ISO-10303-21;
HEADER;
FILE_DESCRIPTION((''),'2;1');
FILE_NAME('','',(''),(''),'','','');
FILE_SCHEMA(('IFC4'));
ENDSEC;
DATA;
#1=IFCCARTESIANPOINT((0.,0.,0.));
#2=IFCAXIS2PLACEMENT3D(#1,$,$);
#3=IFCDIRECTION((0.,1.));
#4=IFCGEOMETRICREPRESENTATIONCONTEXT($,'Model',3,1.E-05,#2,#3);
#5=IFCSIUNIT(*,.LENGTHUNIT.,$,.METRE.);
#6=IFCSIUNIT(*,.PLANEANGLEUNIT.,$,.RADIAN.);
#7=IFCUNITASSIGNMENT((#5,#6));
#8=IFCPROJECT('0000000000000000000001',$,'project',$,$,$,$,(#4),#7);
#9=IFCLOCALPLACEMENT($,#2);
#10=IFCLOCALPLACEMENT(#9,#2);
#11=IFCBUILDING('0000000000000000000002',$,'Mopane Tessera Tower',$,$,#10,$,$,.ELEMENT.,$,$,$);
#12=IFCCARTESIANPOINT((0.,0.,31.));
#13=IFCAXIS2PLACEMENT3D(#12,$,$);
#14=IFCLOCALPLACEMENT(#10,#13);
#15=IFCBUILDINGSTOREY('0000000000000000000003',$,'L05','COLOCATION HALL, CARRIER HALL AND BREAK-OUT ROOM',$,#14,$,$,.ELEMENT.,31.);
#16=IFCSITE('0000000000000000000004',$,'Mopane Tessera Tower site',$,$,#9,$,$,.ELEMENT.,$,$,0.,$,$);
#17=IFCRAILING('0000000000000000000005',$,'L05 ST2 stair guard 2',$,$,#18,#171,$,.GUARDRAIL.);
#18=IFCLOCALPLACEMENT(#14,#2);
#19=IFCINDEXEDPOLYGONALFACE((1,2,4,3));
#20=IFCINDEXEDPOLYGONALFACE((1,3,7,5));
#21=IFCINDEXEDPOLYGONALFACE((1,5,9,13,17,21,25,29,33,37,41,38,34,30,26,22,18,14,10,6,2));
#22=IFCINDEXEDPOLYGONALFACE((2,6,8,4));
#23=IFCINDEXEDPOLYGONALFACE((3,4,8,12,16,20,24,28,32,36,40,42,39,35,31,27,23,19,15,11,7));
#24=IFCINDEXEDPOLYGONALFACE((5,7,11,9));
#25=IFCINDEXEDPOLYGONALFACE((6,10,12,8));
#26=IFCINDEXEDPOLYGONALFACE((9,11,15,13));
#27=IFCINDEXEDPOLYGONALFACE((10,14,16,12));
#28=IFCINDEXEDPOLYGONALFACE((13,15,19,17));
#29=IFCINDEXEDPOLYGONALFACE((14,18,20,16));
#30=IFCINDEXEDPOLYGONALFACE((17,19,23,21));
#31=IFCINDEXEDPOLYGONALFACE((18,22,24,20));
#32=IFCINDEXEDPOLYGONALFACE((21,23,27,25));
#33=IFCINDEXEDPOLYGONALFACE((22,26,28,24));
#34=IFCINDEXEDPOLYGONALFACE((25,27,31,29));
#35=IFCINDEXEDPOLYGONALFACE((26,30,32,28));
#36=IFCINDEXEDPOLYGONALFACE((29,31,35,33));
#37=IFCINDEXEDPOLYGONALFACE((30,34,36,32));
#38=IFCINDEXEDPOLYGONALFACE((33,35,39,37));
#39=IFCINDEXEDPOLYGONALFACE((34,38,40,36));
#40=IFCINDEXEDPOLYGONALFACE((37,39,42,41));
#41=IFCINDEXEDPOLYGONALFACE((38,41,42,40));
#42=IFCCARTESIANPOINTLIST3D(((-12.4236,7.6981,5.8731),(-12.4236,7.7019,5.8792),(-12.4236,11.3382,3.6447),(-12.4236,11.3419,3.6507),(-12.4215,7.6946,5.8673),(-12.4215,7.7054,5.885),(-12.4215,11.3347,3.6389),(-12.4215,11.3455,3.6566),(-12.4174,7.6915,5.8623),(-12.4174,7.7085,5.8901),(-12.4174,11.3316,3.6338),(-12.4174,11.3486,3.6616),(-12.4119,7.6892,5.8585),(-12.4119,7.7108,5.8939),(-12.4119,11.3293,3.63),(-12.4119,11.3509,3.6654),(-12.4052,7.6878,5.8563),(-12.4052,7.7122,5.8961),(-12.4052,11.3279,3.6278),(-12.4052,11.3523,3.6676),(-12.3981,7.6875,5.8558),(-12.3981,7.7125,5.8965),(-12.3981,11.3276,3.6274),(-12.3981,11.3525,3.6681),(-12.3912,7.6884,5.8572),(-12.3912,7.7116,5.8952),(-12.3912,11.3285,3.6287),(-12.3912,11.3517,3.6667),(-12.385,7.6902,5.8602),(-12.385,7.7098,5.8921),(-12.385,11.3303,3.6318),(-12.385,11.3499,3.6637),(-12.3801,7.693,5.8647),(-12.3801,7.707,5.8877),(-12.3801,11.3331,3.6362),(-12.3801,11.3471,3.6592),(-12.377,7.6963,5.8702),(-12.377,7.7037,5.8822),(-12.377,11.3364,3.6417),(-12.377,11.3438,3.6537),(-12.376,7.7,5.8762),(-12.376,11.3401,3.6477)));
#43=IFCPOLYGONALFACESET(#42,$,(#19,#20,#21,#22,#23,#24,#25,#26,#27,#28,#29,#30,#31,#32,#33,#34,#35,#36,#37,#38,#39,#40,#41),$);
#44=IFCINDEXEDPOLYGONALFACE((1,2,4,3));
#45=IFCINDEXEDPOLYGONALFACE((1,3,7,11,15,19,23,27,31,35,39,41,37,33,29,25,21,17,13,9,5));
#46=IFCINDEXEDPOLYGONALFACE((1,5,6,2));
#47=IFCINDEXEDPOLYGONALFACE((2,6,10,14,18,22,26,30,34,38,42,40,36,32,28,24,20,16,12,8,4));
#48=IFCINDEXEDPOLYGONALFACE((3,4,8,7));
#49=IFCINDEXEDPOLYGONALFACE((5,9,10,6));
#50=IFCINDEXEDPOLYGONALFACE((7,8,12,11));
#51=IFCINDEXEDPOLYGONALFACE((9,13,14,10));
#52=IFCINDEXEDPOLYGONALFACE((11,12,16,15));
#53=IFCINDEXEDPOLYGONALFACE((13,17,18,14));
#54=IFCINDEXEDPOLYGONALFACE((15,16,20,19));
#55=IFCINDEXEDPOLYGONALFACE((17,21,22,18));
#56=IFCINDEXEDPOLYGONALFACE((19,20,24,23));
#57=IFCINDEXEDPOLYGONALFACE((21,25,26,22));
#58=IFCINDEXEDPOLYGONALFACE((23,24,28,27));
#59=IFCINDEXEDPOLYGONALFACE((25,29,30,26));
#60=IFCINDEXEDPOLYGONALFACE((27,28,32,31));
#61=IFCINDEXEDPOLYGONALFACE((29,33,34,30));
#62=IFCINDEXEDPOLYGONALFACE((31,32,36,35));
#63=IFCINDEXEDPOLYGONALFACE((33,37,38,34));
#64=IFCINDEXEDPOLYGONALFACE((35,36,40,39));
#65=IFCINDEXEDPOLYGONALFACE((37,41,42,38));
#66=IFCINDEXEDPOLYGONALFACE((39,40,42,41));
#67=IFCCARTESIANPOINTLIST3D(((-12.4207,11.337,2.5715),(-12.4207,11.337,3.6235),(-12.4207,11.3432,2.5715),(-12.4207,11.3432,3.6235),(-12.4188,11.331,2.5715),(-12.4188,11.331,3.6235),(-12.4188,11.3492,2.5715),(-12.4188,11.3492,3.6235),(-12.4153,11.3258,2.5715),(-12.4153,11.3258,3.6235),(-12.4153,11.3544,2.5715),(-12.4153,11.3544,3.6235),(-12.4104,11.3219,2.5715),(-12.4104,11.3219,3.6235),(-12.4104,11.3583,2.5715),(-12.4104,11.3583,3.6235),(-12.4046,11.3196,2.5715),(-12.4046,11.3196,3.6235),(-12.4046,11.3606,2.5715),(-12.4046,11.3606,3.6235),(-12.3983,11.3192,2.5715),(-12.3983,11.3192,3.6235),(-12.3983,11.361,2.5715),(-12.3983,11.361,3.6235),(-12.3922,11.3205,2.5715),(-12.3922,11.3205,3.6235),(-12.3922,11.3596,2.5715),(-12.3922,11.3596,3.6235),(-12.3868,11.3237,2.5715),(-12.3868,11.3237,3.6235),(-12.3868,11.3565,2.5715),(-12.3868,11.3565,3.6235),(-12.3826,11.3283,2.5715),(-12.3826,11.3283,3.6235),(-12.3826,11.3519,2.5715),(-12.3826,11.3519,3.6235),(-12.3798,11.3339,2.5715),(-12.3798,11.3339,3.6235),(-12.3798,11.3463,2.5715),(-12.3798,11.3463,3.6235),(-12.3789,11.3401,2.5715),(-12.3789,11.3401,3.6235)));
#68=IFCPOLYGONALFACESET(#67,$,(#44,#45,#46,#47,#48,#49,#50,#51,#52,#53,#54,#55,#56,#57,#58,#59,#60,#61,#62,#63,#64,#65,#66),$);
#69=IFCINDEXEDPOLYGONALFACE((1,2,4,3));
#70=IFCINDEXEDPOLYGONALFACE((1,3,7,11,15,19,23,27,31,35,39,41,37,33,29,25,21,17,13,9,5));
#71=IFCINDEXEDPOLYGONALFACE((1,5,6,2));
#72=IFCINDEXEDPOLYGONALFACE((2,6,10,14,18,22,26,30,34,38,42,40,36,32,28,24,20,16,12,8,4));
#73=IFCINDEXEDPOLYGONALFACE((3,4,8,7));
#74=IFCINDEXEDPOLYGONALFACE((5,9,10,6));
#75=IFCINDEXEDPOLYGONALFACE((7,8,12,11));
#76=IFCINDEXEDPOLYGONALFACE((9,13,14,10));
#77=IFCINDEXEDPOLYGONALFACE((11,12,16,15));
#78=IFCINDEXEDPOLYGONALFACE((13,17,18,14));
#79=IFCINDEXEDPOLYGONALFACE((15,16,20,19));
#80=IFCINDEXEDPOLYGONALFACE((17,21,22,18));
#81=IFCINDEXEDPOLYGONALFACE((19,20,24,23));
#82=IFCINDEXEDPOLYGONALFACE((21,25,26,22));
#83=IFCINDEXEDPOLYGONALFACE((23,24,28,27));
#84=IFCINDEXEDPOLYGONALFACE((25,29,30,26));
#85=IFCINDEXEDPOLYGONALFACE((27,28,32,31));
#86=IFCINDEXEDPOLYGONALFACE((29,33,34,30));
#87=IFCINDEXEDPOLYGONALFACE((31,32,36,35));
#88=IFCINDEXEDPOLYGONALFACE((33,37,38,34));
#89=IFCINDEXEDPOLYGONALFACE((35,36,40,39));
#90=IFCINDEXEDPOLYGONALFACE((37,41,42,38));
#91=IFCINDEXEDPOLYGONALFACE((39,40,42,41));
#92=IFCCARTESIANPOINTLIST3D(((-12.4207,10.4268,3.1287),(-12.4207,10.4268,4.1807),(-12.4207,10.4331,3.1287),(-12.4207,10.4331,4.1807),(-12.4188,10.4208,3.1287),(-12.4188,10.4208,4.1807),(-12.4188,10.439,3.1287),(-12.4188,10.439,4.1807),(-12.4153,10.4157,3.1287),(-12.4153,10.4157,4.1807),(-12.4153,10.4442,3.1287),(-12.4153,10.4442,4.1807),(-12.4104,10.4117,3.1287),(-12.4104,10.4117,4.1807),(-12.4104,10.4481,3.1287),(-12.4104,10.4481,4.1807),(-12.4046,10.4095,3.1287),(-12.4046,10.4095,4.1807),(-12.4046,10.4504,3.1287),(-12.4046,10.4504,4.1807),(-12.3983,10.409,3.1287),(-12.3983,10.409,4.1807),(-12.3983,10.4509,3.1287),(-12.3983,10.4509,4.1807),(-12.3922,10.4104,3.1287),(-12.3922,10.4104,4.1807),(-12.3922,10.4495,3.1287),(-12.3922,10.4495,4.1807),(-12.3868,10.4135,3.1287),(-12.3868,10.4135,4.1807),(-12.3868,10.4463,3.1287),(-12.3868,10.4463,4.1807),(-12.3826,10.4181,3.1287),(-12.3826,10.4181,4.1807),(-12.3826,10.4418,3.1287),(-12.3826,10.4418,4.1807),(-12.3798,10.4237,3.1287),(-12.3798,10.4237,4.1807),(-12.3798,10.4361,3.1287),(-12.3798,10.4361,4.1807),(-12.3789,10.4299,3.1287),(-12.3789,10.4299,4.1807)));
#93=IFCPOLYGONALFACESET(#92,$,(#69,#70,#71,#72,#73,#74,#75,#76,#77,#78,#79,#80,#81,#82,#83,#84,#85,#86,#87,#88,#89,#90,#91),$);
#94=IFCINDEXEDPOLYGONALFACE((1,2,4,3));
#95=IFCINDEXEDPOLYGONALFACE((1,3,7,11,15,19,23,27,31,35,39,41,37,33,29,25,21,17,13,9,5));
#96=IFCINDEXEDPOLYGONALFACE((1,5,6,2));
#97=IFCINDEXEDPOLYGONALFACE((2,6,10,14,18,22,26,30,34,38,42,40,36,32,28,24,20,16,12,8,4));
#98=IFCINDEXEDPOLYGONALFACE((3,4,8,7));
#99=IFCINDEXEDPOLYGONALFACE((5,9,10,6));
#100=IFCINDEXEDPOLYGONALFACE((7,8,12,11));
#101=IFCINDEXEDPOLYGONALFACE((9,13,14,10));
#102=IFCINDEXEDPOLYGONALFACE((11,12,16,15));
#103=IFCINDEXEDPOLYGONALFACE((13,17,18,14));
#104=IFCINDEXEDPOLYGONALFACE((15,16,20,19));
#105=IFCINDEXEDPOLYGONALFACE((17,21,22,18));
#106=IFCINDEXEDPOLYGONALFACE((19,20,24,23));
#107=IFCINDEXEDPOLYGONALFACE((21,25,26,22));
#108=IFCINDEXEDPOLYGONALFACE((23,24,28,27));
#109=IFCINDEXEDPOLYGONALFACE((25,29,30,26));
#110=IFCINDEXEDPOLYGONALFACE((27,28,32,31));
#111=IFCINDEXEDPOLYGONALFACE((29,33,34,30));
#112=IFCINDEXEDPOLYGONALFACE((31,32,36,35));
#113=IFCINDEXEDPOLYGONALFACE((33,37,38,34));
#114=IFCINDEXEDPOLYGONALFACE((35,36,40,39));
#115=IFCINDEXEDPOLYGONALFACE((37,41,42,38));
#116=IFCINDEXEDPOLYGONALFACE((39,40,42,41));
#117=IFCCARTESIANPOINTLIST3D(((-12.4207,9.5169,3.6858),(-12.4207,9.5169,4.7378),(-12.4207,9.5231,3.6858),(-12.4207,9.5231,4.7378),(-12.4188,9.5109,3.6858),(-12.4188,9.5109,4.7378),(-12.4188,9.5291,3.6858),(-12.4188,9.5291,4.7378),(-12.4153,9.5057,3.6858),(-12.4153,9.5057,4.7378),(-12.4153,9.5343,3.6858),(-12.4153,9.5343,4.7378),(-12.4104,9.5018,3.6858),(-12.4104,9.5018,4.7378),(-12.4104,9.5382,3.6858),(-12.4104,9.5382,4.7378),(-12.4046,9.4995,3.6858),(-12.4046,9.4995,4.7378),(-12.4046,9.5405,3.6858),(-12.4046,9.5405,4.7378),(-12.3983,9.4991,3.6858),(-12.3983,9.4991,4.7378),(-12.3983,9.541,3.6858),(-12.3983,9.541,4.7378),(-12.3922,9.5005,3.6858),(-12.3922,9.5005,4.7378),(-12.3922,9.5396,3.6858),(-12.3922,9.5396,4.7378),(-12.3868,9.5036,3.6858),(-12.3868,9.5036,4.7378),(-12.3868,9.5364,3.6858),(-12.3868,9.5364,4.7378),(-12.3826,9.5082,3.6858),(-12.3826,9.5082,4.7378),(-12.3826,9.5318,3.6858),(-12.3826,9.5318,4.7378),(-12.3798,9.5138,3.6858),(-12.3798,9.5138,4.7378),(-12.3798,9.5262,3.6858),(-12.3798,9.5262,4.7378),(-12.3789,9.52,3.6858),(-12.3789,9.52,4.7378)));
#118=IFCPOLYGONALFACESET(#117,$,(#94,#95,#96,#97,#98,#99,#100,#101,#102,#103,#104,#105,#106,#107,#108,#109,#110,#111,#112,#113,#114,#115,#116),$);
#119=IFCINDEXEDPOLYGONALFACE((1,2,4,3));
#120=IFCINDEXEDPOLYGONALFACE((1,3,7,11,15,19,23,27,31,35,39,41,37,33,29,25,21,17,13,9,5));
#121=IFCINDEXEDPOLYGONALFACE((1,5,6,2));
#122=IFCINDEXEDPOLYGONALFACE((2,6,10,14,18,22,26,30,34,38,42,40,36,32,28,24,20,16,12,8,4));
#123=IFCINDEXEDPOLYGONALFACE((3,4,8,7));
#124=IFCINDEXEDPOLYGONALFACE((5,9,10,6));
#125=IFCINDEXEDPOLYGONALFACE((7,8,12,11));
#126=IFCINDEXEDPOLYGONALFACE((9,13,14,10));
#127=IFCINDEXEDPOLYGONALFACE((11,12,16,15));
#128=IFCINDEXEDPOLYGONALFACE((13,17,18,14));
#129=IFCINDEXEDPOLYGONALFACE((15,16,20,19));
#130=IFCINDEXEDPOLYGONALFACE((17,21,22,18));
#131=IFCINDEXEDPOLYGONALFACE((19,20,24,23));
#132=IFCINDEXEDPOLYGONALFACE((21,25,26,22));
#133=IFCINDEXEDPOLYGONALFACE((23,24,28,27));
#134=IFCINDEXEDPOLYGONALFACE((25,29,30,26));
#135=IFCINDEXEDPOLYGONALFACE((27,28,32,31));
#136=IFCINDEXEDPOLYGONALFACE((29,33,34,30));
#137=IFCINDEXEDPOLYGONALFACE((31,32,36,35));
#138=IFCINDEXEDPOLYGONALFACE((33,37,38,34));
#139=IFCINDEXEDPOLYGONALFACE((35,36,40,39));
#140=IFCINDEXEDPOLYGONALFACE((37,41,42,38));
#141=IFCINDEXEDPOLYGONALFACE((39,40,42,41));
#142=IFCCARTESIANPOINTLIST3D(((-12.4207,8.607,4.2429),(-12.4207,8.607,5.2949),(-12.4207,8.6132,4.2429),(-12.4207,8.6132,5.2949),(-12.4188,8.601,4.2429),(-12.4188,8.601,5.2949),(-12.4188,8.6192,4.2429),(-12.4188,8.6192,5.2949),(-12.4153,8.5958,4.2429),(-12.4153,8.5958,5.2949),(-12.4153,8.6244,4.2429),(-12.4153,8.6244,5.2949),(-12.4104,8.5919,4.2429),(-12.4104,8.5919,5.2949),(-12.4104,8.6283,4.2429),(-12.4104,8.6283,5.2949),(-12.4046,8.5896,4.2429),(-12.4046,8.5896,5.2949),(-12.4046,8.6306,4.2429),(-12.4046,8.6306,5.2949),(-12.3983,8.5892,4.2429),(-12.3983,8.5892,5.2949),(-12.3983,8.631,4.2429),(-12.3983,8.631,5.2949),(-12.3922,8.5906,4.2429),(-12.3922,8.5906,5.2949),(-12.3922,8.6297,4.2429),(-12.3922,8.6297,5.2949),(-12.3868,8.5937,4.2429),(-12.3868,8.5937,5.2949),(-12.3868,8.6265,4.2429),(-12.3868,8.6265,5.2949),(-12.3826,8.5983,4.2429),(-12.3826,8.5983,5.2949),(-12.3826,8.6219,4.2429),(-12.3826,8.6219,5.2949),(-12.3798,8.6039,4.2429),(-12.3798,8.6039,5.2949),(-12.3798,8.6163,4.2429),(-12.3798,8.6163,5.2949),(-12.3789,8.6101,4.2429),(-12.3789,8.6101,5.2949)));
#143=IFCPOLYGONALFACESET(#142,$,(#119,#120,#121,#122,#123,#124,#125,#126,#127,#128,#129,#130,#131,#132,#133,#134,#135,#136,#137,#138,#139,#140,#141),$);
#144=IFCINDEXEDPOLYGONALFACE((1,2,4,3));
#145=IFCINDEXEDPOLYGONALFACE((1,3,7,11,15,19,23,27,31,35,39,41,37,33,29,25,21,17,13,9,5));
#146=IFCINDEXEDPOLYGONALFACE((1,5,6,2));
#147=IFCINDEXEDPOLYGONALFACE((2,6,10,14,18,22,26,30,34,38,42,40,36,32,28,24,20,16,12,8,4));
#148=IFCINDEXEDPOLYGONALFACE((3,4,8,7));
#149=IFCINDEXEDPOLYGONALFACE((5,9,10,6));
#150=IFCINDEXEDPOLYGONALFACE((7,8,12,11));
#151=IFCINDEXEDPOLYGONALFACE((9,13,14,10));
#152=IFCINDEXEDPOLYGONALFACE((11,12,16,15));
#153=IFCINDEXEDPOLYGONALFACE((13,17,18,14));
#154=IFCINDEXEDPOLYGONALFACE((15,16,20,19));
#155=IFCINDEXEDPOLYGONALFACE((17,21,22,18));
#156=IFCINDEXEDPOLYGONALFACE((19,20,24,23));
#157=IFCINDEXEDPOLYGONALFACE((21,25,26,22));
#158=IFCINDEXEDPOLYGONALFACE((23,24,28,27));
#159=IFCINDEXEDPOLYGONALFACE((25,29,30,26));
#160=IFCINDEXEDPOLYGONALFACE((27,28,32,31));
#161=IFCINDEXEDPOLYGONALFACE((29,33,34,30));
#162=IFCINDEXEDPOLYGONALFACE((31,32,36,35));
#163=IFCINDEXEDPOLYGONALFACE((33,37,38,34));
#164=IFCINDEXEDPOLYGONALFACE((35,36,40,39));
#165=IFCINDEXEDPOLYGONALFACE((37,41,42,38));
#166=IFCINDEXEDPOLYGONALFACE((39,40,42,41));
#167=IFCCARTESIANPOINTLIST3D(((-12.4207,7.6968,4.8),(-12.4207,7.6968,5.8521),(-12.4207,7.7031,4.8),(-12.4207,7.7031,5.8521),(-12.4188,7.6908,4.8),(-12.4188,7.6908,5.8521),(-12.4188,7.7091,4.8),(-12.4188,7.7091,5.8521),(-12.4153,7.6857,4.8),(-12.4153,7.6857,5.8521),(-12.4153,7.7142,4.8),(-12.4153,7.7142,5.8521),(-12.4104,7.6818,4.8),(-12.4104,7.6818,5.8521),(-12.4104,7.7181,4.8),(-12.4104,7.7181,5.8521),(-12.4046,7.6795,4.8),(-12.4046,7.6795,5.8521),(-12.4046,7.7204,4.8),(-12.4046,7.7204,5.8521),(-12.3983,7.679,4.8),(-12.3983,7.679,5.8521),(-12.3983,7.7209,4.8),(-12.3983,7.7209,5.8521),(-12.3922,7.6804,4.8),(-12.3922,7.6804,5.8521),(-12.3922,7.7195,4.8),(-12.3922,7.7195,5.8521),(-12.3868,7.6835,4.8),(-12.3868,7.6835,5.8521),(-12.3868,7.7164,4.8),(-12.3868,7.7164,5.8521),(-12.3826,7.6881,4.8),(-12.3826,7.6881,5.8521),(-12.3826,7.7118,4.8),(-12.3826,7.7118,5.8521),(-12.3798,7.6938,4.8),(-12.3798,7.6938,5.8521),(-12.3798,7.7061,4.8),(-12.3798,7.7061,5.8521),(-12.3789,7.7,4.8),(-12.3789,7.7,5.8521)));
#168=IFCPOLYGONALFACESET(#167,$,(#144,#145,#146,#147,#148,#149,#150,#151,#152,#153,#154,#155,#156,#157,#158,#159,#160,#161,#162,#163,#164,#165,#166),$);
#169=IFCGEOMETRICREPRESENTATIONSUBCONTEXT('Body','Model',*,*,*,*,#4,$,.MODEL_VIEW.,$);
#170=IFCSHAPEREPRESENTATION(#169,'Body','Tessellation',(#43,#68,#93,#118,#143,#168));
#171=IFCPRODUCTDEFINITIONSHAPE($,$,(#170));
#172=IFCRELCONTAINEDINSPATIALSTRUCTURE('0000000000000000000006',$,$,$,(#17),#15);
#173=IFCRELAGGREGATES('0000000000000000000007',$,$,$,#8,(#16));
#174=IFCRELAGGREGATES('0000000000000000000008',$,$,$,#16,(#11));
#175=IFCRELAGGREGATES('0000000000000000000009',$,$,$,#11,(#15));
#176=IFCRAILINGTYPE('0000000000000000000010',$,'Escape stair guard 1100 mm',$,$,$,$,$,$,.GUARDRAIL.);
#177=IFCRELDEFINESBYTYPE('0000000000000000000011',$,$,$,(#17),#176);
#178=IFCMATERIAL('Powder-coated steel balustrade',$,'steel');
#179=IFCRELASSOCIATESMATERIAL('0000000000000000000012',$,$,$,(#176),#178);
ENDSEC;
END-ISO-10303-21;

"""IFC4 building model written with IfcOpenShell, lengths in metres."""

from ifc_helpers import new_model, si_unit, direction, frame, origin, origin_2d, place, context, subcontext, project, spatial, circle, extrude, material, type_object, element, save


model = new_model("IFC4")

# Units and contexts
model_context = context("Model", 3, precision=1e-05, world=origin(), true_north=direction((0.0, 1.0)))
body_context = subcontext(model_context, "Body", "Model", "MODEL_VIEW")
ifc_project = project(units=[si_unit("LENGTHUNIT", "METRE"), si_unit("PLANEANGLEUNIT", "RADIAN")], contexts=[model_context])

# Site, building, storey
site_placement = place(None, origin())
site = spatial("IfcSite", under=ifc_project, at=site_placement, Name="Mopane Tessera Tower site", CompositionType="ELEMENT", RefElevation=0.0)
building_placement = place(site_placement, origin())
building = spatial("IfcBuilding", under=site, at=building_placement, Name="Mopane Tessera Tower", CompositionType="ELEMENT")
storey_placement = place(building_placement, frame((0.0, 0.0, 31.0)))
storey = spatial("IfcBuildingStorey", under=building, at=storey_placement, Name="L05", Description="COLOCATION HALL, CARRIER HALL AND BREAK-OUT ROOM", CompositionType="ELEMENT", Elevation=31.0)

# Railing
ifc_material_1 = material(Name="Powder-coated steel balustrade", Category="steel")
railing_type_1 = type_object("IfcRailingType", Name="Escape stair guard 1100 mm", PredefinedType="GUARDRAIL", material=ifc_material_1)
railing_1_placement = place(storey_placement, frame((-12.3999, 11.3401, 2.5715)))
element("IfcRailing", 1, at=railing_1_placement, inside=storey, type_object=railing_type_1, Name="L05 ST2 stair guard 2", PredefinedType="GUARDRAIL", context=body_context, shape_type="SweptSolid", body=[
    extrude(circle(Radius=0.0239, at=origin_2d()), frame((0.0, 0.0, 1.0762), z_axis=(0.0, -0.852866, 0.52213), x_axis=(1.0, 0.0, 0.0)), (0.0, 0.0, 1.0), 4.2681),
    extrude(circle(Radius=0.021, at=origin_2d()), origin(), (0.0, 0.0, 1.0), 1.052),
    extrude(circle(Radius=0.021, at=origin_2d()), frame((0.0, -0.9102, 0.5571)), (0.0, 0.0, 1.0), 1.052),
    extrude(circle(Radius=0.021, at=origin_2d()), frame((0.0, -1.8201, 1.1143)), (0.0, 0.0, 1.0), 1.052),
    extrude(circle(Radius=0.021, at=origin_2d()), frame((0.0, -2.73, 1.6714)), (0.0, 0.0, 1.0), 1.052),
    extrude(circle(Radius=0.021, at=origin_2d()), frame((0.0, -3.6401, 2.2285)), (0.0, 0.0, 1.0), 1.052),
])

save(model, "model.ifc")
